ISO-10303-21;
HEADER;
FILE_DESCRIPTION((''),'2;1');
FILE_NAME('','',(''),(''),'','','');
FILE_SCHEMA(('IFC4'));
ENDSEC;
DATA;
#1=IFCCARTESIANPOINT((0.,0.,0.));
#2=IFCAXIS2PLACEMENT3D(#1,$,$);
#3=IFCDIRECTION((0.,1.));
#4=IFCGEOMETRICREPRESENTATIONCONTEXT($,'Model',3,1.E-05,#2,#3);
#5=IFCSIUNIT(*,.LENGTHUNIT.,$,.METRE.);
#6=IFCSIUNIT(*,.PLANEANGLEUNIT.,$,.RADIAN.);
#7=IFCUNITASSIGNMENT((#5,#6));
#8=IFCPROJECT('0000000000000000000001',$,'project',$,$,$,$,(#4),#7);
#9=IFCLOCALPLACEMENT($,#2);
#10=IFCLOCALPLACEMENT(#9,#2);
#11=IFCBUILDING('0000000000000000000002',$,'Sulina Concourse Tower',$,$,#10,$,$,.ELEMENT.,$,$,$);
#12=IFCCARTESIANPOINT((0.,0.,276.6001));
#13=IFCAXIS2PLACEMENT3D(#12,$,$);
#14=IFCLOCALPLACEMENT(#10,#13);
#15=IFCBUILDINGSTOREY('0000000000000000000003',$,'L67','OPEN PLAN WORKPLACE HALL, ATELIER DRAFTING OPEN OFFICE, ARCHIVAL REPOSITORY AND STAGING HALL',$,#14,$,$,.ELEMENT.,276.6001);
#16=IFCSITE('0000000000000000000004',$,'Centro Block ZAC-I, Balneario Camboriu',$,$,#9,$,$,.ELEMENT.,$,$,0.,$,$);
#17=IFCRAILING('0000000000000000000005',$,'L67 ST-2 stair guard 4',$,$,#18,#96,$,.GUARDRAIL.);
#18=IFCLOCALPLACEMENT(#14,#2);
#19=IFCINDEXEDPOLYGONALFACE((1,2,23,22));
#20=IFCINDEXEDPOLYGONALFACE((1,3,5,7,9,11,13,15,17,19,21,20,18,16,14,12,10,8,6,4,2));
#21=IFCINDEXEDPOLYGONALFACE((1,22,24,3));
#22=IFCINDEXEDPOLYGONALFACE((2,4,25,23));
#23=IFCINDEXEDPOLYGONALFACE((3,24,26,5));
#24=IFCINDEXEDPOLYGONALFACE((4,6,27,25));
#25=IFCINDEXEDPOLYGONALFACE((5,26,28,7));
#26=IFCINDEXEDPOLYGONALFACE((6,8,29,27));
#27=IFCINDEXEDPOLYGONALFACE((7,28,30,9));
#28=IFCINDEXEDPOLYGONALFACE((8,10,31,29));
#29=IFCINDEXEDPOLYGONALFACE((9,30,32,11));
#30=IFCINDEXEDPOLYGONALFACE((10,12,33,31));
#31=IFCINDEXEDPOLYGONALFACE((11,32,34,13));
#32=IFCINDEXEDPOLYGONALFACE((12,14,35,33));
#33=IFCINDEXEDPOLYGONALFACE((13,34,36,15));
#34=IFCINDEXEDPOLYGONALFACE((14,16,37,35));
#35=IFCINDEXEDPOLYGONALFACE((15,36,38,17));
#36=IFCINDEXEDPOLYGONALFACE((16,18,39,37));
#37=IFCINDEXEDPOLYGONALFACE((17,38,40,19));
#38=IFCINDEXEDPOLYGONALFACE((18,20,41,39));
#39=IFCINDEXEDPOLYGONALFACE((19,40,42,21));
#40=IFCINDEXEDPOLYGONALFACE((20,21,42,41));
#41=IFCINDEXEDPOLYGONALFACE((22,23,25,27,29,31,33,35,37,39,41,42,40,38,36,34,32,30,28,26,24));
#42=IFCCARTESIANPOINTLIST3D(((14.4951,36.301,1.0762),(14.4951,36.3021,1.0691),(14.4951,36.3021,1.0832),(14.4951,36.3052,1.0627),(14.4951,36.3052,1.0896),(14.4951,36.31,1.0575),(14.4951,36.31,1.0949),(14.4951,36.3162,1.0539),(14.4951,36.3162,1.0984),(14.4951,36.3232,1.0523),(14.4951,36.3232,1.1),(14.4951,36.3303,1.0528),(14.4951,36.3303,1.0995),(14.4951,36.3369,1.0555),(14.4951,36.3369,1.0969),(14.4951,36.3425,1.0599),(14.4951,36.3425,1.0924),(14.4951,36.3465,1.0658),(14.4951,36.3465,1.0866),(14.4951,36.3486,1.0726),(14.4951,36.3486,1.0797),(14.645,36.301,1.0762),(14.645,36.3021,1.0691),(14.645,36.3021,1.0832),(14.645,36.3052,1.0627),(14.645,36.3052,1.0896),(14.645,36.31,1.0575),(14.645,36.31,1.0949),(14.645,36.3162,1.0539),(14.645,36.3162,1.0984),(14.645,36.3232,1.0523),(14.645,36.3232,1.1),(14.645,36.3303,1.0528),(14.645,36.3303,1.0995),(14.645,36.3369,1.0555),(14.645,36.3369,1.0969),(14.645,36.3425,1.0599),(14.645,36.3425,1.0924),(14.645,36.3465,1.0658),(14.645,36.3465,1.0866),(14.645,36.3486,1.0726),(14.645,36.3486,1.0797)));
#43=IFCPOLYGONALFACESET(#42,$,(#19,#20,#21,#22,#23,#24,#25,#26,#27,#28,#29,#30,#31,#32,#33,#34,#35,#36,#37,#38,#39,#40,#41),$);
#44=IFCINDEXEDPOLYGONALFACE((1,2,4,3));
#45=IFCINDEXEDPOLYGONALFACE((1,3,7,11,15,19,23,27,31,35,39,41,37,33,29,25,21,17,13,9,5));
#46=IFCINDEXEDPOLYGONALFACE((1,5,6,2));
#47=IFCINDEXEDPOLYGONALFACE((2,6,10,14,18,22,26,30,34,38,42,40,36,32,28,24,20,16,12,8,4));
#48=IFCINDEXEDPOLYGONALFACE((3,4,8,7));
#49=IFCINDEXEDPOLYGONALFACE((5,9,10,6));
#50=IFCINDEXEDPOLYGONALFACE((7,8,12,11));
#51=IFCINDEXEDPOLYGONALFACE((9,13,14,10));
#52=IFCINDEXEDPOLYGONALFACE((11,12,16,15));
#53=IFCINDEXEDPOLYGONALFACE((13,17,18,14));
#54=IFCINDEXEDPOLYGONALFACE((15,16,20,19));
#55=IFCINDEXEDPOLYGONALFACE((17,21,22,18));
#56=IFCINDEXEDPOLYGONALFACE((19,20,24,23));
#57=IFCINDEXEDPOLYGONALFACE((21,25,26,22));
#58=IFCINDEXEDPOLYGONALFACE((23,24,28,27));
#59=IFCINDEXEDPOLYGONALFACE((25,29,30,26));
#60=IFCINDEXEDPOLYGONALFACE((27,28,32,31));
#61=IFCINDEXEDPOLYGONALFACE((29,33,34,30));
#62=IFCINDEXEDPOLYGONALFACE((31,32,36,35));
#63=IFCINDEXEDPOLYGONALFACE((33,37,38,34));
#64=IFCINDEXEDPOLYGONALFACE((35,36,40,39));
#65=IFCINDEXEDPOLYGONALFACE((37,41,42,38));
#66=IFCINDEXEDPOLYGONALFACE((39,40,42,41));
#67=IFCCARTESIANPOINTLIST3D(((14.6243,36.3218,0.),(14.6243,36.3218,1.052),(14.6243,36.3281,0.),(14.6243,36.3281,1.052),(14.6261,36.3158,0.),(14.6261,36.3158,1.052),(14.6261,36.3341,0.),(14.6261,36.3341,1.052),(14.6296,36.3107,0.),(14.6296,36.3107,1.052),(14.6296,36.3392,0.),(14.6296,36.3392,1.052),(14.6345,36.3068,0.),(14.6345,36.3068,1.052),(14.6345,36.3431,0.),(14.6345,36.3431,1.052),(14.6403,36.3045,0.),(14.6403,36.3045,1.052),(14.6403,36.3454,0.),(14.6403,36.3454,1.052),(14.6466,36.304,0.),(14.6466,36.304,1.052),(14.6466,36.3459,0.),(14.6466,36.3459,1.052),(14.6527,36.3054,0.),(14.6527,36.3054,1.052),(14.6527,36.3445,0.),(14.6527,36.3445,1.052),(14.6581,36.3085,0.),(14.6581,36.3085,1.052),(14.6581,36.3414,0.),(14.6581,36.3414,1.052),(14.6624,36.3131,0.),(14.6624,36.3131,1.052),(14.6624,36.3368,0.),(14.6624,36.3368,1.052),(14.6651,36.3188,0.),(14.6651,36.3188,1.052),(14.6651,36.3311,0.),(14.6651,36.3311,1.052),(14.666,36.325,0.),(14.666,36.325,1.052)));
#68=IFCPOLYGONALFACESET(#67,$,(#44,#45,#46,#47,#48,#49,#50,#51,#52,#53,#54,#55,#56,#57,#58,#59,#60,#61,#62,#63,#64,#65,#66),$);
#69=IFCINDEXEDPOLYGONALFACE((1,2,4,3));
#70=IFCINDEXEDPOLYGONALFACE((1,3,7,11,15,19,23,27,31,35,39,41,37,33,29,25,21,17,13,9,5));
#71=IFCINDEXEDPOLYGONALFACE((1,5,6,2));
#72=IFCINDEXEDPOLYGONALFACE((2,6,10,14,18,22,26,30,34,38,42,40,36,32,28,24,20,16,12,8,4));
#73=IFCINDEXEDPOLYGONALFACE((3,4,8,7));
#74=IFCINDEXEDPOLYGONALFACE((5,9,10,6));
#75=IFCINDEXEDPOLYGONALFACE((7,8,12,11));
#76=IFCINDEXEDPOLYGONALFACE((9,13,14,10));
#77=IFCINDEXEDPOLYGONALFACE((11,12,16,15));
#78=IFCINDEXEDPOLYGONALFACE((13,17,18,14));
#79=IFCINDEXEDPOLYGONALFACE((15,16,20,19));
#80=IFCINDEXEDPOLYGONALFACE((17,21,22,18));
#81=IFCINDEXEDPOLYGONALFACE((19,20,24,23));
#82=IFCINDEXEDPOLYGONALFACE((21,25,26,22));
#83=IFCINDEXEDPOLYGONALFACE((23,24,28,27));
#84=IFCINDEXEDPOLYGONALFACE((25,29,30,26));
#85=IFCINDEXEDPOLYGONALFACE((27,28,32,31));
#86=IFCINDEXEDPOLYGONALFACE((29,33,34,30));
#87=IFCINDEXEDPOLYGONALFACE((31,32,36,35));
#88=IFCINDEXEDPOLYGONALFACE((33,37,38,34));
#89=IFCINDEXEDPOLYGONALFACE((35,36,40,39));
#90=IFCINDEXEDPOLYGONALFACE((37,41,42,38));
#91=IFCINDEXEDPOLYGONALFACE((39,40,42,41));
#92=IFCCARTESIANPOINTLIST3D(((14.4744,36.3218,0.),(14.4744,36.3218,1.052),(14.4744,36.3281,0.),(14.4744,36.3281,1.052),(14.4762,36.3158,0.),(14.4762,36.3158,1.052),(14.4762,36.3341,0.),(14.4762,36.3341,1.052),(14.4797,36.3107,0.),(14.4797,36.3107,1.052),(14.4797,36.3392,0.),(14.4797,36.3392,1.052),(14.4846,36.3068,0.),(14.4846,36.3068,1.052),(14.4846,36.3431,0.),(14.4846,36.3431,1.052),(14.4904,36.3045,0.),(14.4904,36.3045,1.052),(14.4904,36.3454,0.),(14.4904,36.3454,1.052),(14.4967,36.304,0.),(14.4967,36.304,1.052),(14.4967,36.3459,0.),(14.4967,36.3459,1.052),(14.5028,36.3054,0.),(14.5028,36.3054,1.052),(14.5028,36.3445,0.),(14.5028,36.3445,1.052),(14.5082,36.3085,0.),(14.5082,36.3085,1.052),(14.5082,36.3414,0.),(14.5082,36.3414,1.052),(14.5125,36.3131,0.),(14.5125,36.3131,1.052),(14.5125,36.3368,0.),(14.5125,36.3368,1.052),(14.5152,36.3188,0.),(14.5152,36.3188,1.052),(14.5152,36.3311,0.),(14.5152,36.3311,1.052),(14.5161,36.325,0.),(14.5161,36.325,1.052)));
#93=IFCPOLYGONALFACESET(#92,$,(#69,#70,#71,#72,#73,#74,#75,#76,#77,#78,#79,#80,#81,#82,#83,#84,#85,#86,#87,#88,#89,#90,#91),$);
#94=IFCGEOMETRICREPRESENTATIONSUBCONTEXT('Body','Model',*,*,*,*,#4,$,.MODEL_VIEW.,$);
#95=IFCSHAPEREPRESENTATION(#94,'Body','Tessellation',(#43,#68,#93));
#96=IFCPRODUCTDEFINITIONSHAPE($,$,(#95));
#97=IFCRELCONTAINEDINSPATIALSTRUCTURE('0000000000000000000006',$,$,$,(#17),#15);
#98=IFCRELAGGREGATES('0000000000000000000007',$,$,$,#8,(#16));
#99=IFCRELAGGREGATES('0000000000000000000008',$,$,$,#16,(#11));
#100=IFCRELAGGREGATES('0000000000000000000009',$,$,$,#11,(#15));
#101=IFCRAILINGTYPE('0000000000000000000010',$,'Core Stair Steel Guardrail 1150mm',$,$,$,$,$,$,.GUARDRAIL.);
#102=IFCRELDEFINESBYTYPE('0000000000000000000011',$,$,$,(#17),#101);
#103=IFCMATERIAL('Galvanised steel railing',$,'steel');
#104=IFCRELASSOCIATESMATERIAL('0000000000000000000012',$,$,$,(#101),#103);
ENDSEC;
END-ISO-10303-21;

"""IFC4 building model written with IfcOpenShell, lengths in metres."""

from ifc_helpers import new_model, si_unit, direction, frame, origin, origin_2d, place, context, subcontext, project, spatial, circle, extrude, material, type_object, element, save


model = new_model("IFC4")

# Units and contexts
model_context = context("Model", 3, precision=1e-05, world=origin(), true_north=direction((0.0, 1.0)))
body_context = subcontext(model_context, "Body", "Model", "MODEL_VIEW")
ifc_project = project(units=[si_unit("LENGTHUNIT", "METRE"), si_unit("PLANEANGLEUNIT", "RADIAN")], contexts=[model_context])

# Site, building, storey
site_placement = place(None, origin())
site = spatial("IfcSite", under=ifc_project, at=site_placement, Name="Centro Block ZAC-I, Balneario Camboriu", CompositionType="ELEMENT", RefElevation=0.0)
building_placement = place(site_placement, origin())
building = spatial("IfcBuilding", under=site, at=building_placement, Name="Sulina Concourse Tower", CompositionType="ELEMENT")
storey_placement = place(building_placement, frame((0.0, 0.0, 276.6001)))
storey = spatial("IfcBuildingStorey", under=building, at=storey_placement, Name="L67", Description="OPEN PLAN WORKPLACE HALL, ATELIER DRAFTING OPEN OFFICE, ARCHIVAL REPOSITORY AND STAGING HALL", CompositionType="ELEMENT", Elevation=276.6001)

# Railing
ifc_material_1 = material(Name="Galvanised steel railing", Category="steel")
railing_type_1 = type_object("IfcRailingType", Name="Core Stair Steel Guardrail 1150mm", PredefinedType="GUARDRAIL", material=ifc_material_1)
railing_1_placement = place(storey_placement, frame((14.645, 36.325, 0.0)))
element("IfcRailing", 1, at=railing_1_placement, inside=storey, type_object=railing_type_1, Name="L67 ST-2 stair guard 4", PredefinedType="GUARDRAIL", context=body_context, shape_type="SweptSolid", body=[
    extrude(circle(Radius=0.0239, at=origin_2d()), frame((0.0, 0.0, 1.0762), z_axis=(-1.0, 0.0, 0.0), x_axis=(0.0, -1.0, 0.0)), (0.0, 0.0, 1.0), 0.1499),
    extrude(circle(Radius=0.021, at=origin_2d()), origin(), (0.0, 0.0, 1.0), 1.052),
    extrude(circle(Radius=0.021, at=origin_2d()), frame((-0.1499, 0.0, 0.0)), (0.0, 0.0, 1.0), 1.052),
])

save(model, "model.ifc")
